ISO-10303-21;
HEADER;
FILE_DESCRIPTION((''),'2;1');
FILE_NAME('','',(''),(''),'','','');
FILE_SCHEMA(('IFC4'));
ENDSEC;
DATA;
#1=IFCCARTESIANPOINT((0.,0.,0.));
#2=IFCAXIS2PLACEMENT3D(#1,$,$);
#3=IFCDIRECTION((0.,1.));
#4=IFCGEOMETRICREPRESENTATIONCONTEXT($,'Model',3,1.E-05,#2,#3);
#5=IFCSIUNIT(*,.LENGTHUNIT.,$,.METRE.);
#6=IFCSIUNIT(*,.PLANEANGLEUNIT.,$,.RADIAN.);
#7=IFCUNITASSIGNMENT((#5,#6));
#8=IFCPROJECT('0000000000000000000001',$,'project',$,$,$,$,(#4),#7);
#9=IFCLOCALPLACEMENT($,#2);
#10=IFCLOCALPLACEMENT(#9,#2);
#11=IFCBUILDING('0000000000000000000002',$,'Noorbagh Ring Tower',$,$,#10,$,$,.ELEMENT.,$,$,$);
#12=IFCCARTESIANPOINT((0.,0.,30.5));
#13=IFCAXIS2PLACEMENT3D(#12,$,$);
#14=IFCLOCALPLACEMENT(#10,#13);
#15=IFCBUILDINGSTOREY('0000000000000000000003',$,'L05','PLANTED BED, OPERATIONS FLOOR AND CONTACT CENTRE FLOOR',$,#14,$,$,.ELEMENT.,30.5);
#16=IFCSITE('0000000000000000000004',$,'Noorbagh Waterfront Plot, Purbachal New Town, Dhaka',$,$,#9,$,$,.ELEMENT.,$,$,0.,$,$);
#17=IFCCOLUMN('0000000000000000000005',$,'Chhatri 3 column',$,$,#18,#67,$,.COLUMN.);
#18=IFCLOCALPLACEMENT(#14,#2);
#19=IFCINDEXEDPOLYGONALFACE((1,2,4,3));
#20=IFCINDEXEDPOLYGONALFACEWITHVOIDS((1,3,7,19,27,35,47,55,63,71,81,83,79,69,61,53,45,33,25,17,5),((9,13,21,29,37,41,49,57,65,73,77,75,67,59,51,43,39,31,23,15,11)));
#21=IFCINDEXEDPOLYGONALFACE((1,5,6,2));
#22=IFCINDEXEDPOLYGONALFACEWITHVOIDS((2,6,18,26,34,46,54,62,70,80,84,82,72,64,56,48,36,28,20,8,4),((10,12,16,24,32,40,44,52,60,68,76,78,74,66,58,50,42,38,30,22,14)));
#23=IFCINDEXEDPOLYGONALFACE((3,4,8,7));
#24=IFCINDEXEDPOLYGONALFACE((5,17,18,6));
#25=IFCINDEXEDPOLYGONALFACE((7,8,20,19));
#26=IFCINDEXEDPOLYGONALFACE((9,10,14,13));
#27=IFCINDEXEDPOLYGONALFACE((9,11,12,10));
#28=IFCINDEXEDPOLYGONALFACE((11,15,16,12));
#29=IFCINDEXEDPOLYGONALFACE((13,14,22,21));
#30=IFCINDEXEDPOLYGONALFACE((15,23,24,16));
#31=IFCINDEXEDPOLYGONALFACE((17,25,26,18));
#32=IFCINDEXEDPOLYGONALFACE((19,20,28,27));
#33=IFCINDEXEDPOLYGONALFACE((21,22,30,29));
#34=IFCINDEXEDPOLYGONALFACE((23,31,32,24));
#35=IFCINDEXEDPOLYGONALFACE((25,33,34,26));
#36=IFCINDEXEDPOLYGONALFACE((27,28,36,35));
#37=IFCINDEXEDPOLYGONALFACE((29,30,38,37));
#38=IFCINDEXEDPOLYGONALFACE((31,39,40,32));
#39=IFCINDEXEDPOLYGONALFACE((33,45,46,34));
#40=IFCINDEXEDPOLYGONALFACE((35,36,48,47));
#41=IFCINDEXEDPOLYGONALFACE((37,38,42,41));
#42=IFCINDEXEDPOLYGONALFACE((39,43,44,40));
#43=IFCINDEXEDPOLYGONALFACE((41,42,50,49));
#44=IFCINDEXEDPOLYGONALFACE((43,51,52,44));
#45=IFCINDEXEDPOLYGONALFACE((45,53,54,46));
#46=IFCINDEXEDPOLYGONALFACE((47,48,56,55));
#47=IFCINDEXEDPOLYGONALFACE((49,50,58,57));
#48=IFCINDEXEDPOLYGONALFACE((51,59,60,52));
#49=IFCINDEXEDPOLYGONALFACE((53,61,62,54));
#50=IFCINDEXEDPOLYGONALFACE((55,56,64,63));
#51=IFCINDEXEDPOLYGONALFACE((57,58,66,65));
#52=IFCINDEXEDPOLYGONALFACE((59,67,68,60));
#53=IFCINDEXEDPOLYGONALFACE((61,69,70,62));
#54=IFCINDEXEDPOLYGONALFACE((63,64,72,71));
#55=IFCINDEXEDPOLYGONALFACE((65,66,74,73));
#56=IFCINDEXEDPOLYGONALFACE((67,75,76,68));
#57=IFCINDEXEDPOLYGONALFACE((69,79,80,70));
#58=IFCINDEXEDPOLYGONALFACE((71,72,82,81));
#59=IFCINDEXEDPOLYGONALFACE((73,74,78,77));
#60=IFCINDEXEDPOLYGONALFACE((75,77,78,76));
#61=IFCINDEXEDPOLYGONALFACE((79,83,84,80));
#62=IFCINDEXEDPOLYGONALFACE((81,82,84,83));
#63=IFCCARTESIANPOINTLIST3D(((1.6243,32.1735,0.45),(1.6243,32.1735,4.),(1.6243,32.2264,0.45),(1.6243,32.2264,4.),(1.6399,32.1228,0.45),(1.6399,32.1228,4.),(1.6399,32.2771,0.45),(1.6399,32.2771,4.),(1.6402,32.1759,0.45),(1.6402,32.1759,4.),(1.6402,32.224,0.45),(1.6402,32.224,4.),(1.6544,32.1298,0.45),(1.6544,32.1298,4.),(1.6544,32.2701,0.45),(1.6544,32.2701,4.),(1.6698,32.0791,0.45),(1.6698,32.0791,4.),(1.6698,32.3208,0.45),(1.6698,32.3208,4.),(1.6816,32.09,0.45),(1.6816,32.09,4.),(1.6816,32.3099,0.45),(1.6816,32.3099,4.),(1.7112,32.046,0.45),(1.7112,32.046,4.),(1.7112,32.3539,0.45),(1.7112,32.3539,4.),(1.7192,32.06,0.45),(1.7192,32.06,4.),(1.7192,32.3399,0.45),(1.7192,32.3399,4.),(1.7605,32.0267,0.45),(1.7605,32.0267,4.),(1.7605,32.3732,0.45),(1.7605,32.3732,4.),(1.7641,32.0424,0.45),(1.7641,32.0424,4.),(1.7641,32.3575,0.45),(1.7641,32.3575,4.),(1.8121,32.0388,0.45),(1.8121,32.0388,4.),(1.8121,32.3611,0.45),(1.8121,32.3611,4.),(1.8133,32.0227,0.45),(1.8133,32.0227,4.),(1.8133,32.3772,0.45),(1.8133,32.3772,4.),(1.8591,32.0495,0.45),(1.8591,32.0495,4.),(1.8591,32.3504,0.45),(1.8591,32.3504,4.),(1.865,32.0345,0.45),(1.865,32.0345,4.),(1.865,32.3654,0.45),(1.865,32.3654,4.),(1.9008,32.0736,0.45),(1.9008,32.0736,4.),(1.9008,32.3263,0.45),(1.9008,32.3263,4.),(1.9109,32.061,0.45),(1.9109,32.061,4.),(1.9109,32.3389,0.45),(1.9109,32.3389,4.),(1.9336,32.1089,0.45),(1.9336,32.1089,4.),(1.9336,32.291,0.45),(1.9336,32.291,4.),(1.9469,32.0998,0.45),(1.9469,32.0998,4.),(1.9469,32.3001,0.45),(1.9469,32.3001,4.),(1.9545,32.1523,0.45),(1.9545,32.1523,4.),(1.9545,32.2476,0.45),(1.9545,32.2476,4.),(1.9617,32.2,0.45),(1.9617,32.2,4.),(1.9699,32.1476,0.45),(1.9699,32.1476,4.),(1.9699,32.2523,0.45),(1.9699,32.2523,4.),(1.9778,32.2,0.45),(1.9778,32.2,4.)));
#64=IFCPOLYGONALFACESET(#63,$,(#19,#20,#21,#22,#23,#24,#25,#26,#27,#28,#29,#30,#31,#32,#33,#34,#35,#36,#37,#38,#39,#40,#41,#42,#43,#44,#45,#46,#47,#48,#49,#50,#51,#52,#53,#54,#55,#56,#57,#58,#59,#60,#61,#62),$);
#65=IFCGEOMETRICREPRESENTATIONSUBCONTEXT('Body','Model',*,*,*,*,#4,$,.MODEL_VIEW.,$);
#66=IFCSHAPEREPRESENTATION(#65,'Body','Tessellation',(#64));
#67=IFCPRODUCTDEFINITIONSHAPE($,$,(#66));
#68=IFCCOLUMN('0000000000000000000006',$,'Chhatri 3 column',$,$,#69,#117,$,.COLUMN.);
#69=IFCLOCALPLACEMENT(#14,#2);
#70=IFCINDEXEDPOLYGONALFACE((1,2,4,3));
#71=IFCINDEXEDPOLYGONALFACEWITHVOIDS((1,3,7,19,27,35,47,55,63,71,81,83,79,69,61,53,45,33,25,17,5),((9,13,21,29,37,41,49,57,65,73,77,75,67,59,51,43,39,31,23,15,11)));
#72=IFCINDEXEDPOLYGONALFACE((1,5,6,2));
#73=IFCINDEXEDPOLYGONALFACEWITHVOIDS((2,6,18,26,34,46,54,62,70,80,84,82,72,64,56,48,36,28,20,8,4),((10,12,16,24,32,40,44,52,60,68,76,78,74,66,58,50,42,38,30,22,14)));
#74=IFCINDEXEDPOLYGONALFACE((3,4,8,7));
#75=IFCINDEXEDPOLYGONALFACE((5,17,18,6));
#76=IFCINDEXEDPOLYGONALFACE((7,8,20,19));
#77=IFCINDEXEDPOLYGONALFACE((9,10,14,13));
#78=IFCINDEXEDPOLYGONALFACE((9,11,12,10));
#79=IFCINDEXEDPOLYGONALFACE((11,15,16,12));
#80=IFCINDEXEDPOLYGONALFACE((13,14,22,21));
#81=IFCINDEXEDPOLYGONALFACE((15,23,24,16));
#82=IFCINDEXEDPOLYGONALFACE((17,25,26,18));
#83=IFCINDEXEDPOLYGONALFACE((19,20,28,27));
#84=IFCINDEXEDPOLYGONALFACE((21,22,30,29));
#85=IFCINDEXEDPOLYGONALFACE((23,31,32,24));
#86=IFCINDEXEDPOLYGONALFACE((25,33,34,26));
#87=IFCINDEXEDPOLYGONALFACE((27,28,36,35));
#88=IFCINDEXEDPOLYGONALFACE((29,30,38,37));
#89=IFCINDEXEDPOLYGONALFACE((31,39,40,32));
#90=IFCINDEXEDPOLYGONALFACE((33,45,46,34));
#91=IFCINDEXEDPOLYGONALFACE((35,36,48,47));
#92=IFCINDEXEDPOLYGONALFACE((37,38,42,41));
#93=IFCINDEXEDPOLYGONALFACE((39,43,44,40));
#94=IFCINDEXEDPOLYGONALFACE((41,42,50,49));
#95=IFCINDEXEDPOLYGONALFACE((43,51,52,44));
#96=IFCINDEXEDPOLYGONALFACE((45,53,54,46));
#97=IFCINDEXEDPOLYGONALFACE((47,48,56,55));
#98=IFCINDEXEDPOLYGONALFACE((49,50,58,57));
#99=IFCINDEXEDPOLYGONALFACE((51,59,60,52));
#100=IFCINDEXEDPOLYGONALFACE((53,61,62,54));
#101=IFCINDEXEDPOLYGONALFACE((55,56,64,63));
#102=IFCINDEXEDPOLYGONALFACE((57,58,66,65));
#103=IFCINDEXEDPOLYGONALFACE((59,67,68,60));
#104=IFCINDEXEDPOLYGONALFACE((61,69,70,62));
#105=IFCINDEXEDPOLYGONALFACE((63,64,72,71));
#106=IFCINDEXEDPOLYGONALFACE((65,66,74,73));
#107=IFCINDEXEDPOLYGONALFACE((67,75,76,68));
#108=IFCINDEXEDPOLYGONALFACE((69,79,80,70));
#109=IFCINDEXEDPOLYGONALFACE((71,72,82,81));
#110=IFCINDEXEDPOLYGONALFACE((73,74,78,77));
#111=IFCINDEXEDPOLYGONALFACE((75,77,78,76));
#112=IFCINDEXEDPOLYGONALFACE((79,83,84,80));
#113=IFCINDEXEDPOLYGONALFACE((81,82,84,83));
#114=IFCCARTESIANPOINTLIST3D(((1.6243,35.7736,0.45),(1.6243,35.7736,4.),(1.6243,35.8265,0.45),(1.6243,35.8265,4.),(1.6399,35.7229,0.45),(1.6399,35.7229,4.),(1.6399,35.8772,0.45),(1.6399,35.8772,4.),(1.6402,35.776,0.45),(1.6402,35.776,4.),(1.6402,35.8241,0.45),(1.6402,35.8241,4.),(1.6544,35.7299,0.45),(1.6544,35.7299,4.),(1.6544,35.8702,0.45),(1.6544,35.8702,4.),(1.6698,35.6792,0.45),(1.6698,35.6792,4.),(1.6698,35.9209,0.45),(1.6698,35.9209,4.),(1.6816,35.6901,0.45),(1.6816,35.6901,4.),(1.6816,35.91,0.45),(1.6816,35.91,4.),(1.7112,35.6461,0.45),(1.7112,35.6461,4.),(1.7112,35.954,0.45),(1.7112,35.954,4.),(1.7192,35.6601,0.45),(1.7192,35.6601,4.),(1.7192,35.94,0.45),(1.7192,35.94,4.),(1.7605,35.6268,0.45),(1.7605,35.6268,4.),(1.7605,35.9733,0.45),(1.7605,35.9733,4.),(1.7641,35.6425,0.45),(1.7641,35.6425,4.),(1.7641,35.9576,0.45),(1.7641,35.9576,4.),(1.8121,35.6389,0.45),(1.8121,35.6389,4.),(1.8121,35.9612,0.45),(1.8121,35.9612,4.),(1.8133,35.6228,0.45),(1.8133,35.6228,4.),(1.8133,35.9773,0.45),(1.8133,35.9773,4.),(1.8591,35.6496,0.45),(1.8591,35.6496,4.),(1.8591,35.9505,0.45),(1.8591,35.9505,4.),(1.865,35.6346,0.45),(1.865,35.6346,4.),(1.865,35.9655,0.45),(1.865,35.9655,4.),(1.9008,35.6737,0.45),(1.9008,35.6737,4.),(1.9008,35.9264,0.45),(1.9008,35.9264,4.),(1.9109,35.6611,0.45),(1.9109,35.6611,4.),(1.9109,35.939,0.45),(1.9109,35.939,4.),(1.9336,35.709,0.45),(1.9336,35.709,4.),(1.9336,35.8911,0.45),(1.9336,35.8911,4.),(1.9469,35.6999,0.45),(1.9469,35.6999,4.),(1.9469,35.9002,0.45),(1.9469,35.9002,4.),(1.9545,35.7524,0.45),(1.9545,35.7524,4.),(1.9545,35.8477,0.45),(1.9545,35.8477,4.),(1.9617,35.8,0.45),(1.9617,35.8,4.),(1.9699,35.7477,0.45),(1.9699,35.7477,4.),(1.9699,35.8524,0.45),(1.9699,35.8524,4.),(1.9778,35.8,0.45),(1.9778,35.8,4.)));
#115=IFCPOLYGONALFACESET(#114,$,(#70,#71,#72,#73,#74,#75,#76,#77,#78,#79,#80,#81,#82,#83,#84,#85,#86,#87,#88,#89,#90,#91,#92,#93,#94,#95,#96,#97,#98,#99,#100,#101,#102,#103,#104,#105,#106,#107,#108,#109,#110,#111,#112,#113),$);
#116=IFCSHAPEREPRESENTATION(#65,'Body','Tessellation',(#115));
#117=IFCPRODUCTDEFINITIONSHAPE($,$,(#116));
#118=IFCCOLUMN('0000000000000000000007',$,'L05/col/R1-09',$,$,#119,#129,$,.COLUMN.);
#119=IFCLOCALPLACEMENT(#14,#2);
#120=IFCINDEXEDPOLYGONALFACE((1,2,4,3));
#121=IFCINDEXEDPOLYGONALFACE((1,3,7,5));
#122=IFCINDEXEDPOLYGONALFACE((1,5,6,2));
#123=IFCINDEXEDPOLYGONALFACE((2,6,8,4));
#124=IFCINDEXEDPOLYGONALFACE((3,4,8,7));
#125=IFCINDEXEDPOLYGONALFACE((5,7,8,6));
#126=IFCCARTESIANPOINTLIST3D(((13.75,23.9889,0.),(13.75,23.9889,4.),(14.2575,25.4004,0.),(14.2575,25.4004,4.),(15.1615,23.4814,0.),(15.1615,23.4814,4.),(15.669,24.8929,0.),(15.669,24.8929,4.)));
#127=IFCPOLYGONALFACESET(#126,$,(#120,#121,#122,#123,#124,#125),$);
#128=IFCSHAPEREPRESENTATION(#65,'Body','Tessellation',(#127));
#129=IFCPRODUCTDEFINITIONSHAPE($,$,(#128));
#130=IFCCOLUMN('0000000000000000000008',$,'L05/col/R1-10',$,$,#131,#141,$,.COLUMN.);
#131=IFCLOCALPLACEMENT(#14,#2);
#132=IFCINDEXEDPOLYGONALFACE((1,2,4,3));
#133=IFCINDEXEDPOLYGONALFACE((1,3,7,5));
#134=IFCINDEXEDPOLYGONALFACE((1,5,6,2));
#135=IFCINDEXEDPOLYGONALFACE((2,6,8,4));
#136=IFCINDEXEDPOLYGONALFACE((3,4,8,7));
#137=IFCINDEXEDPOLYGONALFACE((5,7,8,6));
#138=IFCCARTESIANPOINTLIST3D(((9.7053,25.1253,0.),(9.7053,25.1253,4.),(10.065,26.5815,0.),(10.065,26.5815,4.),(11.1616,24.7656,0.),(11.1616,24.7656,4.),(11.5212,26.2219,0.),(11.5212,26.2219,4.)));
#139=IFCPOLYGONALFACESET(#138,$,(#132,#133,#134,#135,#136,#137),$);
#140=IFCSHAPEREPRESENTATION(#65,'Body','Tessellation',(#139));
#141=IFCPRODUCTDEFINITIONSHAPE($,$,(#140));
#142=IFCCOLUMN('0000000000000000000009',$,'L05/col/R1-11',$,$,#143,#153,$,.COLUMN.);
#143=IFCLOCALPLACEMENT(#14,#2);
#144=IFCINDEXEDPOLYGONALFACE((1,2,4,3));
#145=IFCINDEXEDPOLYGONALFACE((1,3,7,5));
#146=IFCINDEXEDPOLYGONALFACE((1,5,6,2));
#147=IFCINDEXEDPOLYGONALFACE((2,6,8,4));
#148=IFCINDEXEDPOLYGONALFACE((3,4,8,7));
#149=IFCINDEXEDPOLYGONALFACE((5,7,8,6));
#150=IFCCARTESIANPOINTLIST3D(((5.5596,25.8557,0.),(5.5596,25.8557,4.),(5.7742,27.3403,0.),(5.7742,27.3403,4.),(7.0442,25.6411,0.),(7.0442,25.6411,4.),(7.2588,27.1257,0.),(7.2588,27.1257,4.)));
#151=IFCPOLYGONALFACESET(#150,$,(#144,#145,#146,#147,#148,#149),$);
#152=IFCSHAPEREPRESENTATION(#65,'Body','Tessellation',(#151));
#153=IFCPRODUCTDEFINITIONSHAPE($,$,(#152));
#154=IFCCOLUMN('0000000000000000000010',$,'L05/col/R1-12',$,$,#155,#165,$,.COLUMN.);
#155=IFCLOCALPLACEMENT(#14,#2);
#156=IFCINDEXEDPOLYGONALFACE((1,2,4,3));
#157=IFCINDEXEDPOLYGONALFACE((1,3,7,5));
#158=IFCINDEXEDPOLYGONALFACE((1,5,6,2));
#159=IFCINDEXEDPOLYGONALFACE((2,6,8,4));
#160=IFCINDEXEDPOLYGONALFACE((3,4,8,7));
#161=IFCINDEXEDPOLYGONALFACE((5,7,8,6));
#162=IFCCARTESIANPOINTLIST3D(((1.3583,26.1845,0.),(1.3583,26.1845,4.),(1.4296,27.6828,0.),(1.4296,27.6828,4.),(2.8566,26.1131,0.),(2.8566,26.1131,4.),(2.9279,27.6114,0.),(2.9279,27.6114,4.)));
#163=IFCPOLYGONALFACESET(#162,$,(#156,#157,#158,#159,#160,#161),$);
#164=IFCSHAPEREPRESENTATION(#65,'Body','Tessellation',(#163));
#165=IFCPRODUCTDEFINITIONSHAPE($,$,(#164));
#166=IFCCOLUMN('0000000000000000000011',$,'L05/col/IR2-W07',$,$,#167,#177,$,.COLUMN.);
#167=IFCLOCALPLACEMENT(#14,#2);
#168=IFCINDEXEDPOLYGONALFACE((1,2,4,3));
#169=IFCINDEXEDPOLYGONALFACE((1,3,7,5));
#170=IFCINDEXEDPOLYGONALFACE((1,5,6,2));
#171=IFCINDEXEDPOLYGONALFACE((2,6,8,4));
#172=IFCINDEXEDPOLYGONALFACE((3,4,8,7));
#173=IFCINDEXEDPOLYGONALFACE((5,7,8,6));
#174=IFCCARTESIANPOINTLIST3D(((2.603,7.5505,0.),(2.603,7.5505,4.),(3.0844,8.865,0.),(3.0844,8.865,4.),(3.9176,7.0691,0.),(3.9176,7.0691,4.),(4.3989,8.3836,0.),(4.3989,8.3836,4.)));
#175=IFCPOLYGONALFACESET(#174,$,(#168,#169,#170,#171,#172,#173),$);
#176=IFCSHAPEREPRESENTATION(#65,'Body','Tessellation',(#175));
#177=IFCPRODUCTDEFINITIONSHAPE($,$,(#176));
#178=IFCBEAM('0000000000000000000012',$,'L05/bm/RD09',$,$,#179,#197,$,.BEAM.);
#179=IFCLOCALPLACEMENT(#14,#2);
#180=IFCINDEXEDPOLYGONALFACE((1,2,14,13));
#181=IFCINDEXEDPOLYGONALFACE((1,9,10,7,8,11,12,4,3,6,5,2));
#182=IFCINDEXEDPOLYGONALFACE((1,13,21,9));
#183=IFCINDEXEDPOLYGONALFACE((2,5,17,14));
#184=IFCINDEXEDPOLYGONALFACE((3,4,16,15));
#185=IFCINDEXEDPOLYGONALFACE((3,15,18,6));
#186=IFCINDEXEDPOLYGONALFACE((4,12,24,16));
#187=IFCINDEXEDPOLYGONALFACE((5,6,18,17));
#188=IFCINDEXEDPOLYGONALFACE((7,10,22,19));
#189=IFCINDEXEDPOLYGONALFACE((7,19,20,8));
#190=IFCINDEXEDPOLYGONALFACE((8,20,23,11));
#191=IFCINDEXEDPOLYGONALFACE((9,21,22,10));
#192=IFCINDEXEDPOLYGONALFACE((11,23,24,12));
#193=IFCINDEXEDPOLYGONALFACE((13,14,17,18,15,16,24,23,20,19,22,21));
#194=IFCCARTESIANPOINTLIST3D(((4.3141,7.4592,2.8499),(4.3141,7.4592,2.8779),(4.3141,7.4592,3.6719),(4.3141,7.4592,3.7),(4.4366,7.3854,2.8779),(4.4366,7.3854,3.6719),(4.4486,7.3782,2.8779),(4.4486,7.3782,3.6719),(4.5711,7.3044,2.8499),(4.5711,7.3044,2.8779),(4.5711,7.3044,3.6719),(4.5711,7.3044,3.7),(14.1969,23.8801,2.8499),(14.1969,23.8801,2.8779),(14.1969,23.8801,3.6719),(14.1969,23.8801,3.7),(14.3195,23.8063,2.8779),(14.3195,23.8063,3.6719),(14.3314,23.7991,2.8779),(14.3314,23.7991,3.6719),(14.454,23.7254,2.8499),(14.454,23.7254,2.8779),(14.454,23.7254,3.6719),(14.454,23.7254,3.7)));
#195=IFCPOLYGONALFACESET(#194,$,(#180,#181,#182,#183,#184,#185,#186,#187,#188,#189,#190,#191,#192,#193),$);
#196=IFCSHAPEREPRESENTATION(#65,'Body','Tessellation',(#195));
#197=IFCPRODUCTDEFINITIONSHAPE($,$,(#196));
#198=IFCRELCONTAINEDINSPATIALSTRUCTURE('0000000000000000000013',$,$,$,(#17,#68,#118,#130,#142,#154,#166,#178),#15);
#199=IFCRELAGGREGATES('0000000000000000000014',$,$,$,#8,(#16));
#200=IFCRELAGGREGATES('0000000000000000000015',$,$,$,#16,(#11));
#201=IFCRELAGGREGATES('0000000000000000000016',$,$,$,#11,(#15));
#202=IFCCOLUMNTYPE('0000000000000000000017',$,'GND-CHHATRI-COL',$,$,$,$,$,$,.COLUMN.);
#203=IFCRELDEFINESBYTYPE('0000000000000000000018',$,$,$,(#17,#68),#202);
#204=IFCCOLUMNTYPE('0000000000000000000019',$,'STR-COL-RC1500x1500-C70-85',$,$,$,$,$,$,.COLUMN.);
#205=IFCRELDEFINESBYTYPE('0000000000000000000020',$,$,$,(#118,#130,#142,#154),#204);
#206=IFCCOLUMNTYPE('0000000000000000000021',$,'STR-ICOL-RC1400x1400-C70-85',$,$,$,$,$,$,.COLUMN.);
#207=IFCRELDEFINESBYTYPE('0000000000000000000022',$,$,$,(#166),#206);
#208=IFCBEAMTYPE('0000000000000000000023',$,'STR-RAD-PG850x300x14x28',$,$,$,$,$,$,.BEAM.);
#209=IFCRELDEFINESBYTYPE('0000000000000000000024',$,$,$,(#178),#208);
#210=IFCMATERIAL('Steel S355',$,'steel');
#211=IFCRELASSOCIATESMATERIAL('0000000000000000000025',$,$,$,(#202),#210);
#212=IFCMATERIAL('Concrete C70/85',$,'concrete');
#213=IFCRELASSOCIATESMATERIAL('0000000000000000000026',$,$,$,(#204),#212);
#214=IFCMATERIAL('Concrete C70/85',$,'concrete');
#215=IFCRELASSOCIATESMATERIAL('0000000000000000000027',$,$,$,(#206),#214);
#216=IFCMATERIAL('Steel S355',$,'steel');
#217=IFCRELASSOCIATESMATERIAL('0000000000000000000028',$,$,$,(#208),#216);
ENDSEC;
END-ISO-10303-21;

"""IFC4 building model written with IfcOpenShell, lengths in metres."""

from ifc_helpers import new_model, si_unit, direction, frame, origin, origin_2d, place, context, subcontext, project, spatial, rectangle, hollow_circle, i_section, extrude, material, material_profile, profile_set, type_object, element, save


model = new_model("IFC4")

# Units and contexts
model_context = context("Model", 3, precision=1e-05, world=origin(), true_north=direction((0.0, 1.0)))
body_context = subcontext(model_context, "Body", "Model", "MODEL_VIEW")
ifc_project = project(units=[si_unit("LENGTHUNIT", "METRE"), si_unit("PLANEANGLEUNIT", "RADIAN")], contexts=[model_context])

# Site, building, storey
site_placement = place(None, origin())
site = spatial("IfcSite", under=ifc_project, at=site_placement, Name="Noorbagh Waterfront Plot, Purbachal New Town, Dhaka", CompositionType="ELEMENT", RefElevation=0.0)
building_placement = place(site_placement, origin())
building = spatial("IfcBuilding", under=site, at=building_placement, Name="Noorbagh Ring Tower", CompositionType="ELEMENT")
storey_placement = place(building_placement, frame((0.0, 0.0, 30.5)))
storey = spatial("IfcBuildingStorey", under=building, at=storey_placement, Name="L05", Description="PLANTED BED, OPERATIONS FLOOR AND CONTACT CENTRE FLOOR", CompositionType="ELEMENT", Elevation=30.5)

# Columns
ifc_material_1 = material(Name="Steel S355", Category="steel")
ifc_material_profile_1 = material_profile(ifc_material_1, hollow_circle(Radius=0.1777, WallThickness=0.0161, at=origin_2d()), Name="CHS355.6x16")
ifc_profile_set_1 = profile_set([ifc_material_profile_1], Name="Steel S355")
column_type_1 = type_object("IfcColumnType", Name="GND-CHHATRI-COL", PredefinedType="COLUMN", material=ifc_profile_set_1)
for number, where, z_axis, x_axis, name in (
    (1, (1.8, 32.2, 0.45), (0.0, 0.0, 1.0), (1.0, 0.0, 0.0), "Chhatri 3 column"),
    (2, (1.8, 35.8, 0.45), (0.0, 0.0, 1.0), (1.0, 0.0, 0.0), "Chhatri 3 column"),
):
    element("IfcColumn", number, at=place(storey_placement, frame(where, z_axis=z_axis, x_axis=x_axis)), inside=storey, type_object=column_type_1, Name=name, PredefinedType="COLUMN", context=body_context, shape_type="SweptSolid", body=[
        extrude(hollow_circle(Radius=0.1777, WallThickness=0.0161, at=origin_2d()), origin(), (0.0, 0.0, 1.0), 3.55),
    ])
ifc_material_2 = material(Name="Concrete C70/85", Category="concrete")
ifc_material_profile_2 = material_profile(ifc_material_2, rectangle(XDim=1.5, YDim=1.5, at=origin_2d()), Name="RC1500x1500")
ifc_profile_set_2 = profile_set([ifc_material_profile_2], Name="Concrete C70/85")
column_type_2 = type_object("IfcColumnType", Name="STR-COL-RC1500x1500-C70-85", PredefinedType="COLUMN", material=ifc_profile_set_2)
for number, where, z_axis, x_axis, name in (
    (3, (14.7095, 24.4409, 0.0), (0.0, 0.0, 1.0), (-0.941025, 0.338338, 0.0), "L05/col/R1-09"),
    (4, (10.6133, 25.6736, 0.0), (0.0, 0.0, 1.0), (-0.970829, 0.239771, 0.0), "L05/col/R1-10"),
    (5, (6.4092, 26.4907, 0.0), (0.0, 0.0, 1.0), (-0.989713, 0.143066, 0.0), "L05/col/R1-11"),
    (6, (2.1431, 26.8979, 0.0), (0.0, 0.0, 1.0), (-0.998869, 0.047553, 0.0), "L05/col/R1-12"),
):
    element("IfcColumn", number, at=place(storey_placement, frame(where, z_axis=z_axis, x_axis=x_axis)), inside=storey, type_object=column_type_2, Name=name, PredefinedType="COLUMN", context=body_context, shape_type="SweptSolid", body=[
        extrude(rectangle(XDim=1.5, YDim=1.5, at=origin_2d()), origin(), (0.0, 0.0, 1.0), 4.0),
    ])
ifc_material_3 = material(Name="Concrete C70/85", Category="concrete")
ifc_material_profile_3 = material_profile(ifc_material_3, rectangle(XDim=1.3999, YDim=1.3999, at=origin_2d()), Name="RC1400x1400")
ifc_profile_set_3 = profile_set([ifc_material_profile_3], Name="Concrete C70/85")
column_type_3 = type_object("IfcColumnType", Name="STR-ICOL-RC1400x1400-C70-85", PredefinedType="COLUMN", material=ifc_profile_set_3)
column_placement = place(storey_placement, frame((3.501, 7.967, 0.0), z_axis=(0.0, 0.0, 1.0), x_axis=(-0.93902, 0.343864, 0.0)))
element("IfcColumn", 7, at=column_placement, inside=storey, type_object=column_type_3, Name="L05/col/IR2-W07", PredefinedType="COLUMN", context=body_context, shape_type="SweptSolid", body=[
    extrude(rectangle(XDim=1.3999, YDim=1.3999, at=origin_2d()), origin(), (0.0, 0.0, 1.0), 4.0),
])

# Beam
ifc_material_4 = material(Name="Steel S355", Category="steel")
ifc_material_profile_4 = material_profile(ifc_material_4, i_section(OverallWidth=0.3, OverallDepth=0.8501, WebThickness=0.0139, FlangeThickness=0.0281, at=origin_2d()), Name="PG850x300x14x28")
ifc_profile_set_4 = profile_set([ifc_material_profile_4], Name="Steel S355")
beam_type_1 = type_object("IfcBeamType", Name="STR-RAD-PG850x300x14x28", PredefinedType="BEAM", material=ifc_profile_set_4)
beam_1_placement = place(storey_placement, frame((14.3254, 23.8027, 3.2749), z_axis=(-0.515657, -0.856795, 0.0), x_axis=(0.856795, -0.515657, 0.0)))
element("IfcBeam", 8, at=beam_1_placement, inside=storey, type_object=beam_type_1, Name="L05/bm/RD09", PredefinedType="BEAM", context=body_context, shape_type="SweptSolid", body=[
    extrude(i_section(OverallWidth=0.3, OverallDepth=0.8501, WebThickness=0.0139, FlangeThickness=0.0281, at=origin_2d()), origin(), (0.0, 0.0, 1.0), 19.1655),
])

save(model, "model.ifc")
